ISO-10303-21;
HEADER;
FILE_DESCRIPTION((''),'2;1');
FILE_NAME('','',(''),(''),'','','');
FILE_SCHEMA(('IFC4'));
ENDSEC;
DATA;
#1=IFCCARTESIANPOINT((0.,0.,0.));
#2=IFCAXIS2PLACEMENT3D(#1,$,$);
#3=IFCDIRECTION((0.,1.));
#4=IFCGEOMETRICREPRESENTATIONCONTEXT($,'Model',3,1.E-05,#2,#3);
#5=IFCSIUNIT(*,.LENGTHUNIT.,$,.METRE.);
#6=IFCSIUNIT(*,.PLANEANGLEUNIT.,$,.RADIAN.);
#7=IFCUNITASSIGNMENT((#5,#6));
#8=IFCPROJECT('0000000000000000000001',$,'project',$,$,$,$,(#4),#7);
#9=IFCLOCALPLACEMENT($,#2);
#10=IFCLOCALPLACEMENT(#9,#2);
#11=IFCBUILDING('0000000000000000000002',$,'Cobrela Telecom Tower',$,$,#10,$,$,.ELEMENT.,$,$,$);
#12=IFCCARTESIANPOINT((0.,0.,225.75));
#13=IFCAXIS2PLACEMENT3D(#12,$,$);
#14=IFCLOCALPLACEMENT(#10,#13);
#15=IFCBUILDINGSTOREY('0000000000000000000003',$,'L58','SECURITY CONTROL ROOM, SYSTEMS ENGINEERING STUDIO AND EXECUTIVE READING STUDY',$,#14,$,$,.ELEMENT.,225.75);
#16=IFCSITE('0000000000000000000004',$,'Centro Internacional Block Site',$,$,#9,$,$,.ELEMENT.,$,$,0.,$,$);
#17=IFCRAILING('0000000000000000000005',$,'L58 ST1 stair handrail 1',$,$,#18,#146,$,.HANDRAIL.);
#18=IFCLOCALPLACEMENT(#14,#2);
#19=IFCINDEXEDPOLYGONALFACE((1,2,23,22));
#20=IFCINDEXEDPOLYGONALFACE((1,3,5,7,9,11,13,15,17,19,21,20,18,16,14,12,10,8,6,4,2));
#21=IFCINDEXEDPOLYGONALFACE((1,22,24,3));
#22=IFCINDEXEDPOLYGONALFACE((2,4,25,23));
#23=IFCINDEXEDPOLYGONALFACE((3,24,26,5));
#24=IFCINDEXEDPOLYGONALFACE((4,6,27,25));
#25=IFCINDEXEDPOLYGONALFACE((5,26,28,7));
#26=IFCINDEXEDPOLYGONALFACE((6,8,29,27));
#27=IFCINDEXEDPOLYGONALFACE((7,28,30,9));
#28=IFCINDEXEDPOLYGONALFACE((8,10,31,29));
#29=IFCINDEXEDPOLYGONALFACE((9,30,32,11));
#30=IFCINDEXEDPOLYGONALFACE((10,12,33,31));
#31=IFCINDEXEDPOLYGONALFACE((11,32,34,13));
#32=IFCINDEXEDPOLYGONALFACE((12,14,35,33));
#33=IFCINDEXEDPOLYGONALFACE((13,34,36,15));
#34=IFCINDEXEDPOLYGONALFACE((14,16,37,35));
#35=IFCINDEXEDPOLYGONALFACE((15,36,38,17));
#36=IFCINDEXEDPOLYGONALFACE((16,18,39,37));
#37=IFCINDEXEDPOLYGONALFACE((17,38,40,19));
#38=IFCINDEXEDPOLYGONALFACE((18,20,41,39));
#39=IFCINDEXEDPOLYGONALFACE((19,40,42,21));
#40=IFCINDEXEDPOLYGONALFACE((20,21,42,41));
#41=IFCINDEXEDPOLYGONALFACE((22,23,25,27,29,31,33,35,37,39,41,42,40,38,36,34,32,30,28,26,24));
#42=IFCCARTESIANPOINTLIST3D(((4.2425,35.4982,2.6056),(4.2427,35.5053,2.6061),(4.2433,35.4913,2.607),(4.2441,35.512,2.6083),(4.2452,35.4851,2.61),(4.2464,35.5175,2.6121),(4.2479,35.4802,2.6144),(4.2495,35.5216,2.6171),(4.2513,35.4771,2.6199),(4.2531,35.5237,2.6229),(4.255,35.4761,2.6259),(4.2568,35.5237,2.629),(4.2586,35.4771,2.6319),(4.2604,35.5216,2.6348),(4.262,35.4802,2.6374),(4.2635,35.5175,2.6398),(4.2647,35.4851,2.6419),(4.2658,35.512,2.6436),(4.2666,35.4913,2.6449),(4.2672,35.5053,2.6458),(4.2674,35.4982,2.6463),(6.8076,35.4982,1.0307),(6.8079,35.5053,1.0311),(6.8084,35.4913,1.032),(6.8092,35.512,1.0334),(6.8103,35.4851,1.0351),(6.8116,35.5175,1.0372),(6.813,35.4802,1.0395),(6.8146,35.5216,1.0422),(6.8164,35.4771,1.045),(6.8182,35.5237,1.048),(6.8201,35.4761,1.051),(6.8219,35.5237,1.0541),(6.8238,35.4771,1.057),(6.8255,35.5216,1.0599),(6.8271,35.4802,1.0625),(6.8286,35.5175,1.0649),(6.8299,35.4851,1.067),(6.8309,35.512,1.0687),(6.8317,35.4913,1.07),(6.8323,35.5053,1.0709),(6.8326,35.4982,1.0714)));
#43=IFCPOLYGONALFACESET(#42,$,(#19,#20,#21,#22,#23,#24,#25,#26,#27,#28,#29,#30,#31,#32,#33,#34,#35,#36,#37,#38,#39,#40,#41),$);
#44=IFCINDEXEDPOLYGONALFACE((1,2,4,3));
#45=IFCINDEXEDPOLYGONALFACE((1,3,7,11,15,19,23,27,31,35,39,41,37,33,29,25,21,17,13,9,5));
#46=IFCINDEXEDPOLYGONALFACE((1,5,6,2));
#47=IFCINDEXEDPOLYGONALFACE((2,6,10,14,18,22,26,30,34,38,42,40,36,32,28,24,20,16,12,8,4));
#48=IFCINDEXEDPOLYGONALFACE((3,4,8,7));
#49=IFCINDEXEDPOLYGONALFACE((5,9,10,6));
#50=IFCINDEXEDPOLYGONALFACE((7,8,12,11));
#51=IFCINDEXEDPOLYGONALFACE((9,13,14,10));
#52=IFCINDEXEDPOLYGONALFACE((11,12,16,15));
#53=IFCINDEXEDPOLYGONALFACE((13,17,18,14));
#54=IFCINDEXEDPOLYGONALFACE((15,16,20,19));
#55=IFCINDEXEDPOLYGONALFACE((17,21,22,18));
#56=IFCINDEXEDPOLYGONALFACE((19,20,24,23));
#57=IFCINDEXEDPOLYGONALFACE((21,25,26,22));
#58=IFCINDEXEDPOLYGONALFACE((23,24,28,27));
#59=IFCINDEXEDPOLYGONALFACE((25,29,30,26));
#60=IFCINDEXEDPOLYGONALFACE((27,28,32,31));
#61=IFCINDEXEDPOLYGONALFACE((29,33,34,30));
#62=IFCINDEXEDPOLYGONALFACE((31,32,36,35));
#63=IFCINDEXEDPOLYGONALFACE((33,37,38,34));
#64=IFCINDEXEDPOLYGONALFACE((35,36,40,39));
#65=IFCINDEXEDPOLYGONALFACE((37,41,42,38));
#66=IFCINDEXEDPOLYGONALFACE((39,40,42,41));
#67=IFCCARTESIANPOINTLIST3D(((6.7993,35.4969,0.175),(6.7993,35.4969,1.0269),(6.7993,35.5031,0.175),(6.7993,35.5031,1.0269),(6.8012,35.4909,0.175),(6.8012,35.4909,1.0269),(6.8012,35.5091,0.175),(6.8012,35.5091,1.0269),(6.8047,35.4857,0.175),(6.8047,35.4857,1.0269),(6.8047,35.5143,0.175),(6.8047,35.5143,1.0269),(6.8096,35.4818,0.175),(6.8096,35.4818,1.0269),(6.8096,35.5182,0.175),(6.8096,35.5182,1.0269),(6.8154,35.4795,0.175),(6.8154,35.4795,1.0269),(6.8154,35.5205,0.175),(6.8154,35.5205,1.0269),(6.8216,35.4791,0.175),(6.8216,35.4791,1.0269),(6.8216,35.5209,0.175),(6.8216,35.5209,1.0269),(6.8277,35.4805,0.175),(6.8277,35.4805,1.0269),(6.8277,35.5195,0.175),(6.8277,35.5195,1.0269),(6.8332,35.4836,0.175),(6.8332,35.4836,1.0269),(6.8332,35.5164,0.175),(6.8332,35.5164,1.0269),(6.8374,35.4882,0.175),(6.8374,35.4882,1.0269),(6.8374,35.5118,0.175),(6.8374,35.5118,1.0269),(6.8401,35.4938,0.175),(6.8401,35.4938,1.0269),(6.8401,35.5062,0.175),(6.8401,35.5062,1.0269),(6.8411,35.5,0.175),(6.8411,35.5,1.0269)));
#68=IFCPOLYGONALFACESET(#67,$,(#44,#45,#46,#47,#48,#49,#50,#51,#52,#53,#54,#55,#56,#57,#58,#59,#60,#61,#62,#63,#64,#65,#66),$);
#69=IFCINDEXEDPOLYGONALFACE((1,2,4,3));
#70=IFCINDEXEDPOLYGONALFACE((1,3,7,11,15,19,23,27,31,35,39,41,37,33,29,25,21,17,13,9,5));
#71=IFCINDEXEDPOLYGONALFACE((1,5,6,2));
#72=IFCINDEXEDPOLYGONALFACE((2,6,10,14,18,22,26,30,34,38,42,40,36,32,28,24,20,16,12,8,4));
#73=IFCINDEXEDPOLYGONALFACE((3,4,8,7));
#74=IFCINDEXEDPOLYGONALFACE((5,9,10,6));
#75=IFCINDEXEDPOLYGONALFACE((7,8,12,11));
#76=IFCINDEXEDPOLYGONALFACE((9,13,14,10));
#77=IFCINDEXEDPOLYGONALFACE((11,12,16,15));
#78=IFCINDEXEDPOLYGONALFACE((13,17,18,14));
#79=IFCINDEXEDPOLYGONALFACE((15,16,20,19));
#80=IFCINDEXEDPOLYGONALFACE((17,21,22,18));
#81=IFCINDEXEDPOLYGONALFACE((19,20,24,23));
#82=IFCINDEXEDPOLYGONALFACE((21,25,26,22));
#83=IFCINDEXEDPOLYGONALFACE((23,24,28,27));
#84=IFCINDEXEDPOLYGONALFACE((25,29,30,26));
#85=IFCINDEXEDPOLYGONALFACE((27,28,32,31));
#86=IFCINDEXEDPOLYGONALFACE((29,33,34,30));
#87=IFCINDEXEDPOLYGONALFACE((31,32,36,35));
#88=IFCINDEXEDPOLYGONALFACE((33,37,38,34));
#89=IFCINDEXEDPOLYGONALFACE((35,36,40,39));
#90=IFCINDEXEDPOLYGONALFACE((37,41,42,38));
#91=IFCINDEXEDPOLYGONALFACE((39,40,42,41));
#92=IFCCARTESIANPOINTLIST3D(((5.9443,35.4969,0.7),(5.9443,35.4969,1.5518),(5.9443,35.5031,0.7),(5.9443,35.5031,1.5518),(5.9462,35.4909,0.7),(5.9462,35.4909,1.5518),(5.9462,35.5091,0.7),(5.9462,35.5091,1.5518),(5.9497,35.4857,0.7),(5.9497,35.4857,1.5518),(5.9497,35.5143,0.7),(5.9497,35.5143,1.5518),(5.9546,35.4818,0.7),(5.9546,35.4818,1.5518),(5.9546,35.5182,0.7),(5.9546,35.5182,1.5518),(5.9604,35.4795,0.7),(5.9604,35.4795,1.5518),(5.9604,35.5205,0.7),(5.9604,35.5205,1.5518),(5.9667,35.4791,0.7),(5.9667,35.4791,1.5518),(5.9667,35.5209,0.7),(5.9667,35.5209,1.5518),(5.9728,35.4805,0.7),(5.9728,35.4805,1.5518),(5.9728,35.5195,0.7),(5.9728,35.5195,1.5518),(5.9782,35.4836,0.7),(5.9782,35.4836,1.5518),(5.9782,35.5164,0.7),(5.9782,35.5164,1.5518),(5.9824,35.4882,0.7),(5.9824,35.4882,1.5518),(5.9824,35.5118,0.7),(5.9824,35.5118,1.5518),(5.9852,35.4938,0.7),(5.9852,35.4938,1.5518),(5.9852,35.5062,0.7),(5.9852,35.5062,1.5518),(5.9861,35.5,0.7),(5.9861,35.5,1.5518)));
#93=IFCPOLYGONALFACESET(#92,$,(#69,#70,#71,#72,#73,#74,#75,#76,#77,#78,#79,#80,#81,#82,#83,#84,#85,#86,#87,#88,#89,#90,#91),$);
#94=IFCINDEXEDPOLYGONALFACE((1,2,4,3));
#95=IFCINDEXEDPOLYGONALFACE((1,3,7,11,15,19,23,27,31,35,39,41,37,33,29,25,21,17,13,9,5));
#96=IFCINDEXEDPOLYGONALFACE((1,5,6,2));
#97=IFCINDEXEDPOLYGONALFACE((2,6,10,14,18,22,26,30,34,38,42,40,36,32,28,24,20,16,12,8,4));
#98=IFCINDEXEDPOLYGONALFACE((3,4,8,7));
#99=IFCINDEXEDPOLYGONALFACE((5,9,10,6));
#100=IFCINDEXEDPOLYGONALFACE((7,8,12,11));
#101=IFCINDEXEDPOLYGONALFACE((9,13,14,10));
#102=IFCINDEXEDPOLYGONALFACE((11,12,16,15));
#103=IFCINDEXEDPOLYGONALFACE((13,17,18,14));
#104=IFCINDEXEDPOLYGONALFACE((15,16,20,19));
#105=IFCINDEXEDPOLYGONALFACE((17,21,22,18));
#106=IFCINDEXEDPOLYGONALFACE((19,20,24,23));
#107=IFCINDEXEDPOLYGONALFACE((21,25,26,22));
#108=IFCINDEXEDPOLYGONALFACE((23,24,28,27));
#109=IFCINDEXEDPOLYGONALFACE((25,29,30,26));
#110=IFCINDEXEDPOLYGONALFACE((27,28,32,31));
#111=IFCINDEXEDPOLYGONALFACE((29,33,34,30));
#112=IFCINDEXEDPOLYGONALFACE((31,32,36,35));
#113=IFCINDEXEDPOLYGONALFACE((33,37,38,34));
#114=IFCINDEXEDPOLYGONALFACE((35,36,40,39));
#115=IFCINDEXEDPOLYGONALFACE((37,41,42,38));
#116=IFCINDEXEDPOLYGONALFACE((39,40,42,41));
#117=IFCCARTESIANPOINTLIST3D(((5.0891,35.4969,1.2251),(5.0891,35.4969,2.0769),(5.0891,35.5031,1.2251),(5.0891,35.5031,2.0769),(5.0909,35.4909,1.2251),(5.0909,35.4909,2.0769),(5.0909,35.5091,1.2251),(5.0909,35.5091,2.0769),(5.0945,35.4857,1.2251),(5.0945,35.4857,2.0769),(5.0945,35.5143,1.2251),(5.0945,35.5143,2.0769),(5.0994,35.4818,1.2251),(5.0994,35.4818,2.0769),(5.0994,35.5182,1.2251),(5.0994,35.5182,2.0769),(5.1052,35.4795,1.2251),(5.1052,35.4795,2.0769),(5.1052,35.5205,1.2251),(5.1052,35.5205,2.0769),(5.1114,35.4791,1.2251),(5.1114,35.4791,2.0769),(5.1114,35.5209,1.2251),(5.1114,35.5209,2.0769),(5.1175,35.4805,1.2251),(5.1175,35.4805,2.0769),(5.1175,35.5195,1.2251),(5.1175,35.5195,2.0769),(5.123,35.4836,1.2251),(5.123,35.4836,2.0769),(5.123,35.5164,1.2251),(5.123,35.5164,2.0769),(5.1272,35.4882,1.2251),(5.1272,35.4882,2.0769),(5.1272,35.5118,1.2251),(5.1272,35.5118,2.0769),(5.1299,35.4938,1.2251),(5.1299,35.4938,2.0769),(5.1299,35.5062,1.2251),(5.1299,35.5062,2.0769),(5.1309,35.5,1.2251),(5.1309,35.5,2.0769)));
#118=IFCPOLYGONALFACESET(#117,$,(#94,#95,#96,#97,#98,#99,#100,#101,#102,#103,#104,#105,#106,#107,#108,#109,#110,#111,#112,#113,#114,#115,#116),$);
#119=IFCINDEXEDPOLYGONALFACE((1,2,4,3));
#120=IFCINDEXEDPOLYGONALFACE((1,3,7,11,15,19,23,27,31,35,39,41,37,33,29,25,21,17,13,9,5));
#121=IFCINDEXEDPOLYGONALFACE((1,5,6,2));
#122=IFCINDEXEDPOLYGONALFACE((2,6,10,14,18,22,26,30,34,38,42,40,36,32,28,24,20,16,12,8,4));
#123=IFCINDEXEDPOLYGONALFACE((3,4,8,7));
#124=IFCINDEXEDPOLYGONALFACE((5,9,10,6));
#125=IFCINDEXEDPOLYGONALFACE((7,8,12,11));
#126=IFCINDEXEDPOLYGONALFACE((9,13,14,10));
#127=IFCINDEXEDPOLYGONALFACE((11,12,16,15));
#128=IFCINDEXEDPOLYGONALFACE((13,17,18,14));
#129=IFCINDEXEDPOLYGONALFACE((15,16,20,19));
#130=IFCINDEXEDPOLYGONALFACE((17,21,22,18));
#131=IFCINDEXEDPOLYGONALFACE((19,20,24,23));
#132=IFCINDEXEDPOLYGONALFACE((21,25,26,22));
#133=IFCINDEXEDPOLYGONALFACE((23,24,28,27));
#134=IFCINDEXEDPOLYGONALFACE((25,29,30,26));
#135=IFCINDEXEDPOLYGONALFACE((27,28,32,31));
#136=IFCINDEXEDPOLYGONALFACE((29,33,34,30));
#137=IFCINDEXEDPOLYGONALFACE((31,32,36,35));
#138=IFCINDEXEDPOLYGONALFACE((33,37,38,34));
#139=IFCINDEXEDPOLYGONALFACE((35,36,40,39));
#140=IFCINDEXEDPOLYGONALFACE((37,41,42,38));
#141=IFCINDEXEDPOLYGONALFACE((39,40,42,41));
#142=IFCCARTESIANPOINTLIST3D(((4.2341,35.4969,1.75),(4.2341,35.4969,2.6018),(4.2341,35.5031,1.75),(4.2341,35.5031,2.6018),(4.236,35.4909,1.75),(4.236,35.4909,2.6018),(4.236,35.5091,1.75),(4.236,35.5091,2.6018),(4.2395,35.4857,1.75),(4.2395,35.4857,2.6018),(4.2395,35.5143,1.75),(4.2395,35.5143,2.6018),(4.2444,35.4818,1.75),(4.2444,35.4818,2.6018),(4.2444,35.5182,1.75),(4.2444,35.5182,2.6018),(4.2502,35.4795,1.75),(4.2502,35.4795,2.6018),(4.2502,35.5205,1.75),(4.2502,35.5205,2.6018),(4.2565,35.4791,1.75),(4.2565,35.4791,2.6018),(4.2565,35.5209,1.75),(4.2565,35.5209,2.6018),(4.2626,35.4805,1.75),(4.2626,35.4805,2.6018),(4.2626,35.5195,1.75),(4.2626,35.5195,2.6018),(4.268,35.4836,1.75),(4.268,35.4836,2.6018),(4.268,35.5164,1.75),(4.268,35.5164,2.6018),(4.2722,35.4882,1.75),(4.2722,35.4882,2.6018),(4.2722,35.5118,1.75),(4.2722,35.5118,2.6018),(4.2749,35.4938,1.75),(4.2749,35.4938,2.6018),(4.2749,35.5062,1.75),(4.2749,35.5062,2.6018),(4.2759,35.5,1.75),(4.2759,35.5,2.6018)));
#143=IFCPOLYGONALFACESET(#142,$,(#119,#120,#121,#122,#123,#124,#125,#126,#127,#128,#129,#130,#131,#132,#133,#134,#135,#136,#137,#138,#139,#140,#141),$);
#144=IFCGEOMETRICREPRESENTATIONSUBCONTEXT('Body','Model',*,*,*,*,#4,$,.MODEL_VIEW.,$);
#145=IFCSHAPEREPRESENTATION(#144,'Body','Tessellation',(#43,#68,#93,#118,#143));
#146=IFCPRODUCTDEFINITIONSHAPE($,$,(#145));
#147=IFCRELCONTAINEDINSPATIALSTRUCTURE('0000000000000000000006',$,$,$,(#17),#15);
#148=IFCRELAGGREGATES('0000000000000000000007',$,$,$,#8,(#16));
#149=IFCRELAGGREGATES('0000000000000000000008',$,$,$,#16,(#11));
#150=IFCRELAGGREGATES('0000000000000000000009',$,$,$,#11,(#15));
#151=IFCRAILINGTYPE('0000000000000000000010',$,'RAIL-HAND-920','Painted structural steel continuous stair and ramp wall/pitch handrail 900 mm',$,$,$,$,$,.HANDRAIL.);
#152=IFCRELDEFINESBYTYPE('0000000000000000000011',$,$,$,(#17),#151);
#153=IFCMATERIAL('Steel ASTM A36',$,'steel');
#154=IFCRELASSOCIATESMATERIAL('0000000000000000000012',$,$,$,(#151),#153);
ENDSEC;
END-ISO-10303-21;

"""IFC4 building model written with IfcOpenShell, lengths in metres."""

from ifc_helpers import new_model, si_unit, direction, frame, origin, origin_2d, place, context, subcontext, project, spatial, circle, extrude, material, type_object, element, save


model = new_model("IFC4")

# Units and contexts
model_context = context("Model", 3, precision=1e-05, world=origin(), true_north=direction((0.0, 1.0)))
body_context = subcontext(model_context, "Body", "Model", "MODEL_VIEW")
ifc_project = project(units=[si_unit("LENGTHUNIT", "METRE"), si_unit("PLANEANGLEUNIT", "RADIAN")], contexts=[model_context])

# Site, building, storey
site_placement = place(None, origin())
site = spatial("IfcSite", under=ifc_project, at=site_placement, Name="Centro Internacional Block Site", CompositionType="ELEMENT", RefElevation=0.0)
building_placement = place(site_placement, origin())
building = spatial("IfcBuilding", under=site, at=building_placement, Name="Cobrela Telecom Tower", CompositionType="ELEMENT")
storey_placement = place(building_placement, frame((0.0, 0.0, 225.75)))
storey = spatial("IfcBuildingStorey", under=building, at=storey_placement, Name="L58", Description="SECURITY CONTROL ROOM, SYSTEMS ENGINEERING STUDIO AND EXECUTIVE READING STUDY", CompositionType="ELEMENT", Elevation=225.75)

# Shared definitions
ifc_material_1 = material(Name="Steel ASTM A36", Category="steel")

# Railing
railing_type_1 = type_object("IfcRailingType", Name="RAIL-HAND-920", Description="Painted structural steel continuous stair and ramp wall/pitch handrail 900 mm", PredefinedType="HANDRAIL", material=ifc_material_1)
railing_1_placement = place(storey_placement, frame((6.8201, 35.5, 0.175)))
element("IfcRailing", 1, at=railing_1_placement, inside=storey, type_object=railing_type_1, Name="L58 ST1 stair handrail 1", PredefinedType="HANDRAIL", context=body_context, shape_type="SweptSolid", body=[
    extrude(circle(Radius=0.0239, at=origin_2d()), frame((0.0, 0.0, 0.876), z_axis=(-0.852195, 0.0, 0.523224), x_axis=(0.0, -1.0, 0.0)), (0.0, 0.0, 1.0), 3.01),
    extrude(circle(Radius=0.021, at=origin_2d()), origin(), (0.0, 0.0, 1.0), 0.8518),
    extrude(circle(Radius=0.021, at=origin_2d()), frame((-0.855, 0.0, 0.5249)), (0.0, 0.0, 1.0), 0.8518),
    extrude(circle(Radius=0.021, at=origin_2d()), frame((-1.7102, 0.0, 1.05)), (0.0, 0.0, 1.0), 0.8518),
    extrude(circle(Radius=0.021, at=origin_2d()), frame((-2.5652, 0.0, 1.575)), (0.0, 0.0, 1.0), 0.8518),
])

save(model, "model.ifc")
